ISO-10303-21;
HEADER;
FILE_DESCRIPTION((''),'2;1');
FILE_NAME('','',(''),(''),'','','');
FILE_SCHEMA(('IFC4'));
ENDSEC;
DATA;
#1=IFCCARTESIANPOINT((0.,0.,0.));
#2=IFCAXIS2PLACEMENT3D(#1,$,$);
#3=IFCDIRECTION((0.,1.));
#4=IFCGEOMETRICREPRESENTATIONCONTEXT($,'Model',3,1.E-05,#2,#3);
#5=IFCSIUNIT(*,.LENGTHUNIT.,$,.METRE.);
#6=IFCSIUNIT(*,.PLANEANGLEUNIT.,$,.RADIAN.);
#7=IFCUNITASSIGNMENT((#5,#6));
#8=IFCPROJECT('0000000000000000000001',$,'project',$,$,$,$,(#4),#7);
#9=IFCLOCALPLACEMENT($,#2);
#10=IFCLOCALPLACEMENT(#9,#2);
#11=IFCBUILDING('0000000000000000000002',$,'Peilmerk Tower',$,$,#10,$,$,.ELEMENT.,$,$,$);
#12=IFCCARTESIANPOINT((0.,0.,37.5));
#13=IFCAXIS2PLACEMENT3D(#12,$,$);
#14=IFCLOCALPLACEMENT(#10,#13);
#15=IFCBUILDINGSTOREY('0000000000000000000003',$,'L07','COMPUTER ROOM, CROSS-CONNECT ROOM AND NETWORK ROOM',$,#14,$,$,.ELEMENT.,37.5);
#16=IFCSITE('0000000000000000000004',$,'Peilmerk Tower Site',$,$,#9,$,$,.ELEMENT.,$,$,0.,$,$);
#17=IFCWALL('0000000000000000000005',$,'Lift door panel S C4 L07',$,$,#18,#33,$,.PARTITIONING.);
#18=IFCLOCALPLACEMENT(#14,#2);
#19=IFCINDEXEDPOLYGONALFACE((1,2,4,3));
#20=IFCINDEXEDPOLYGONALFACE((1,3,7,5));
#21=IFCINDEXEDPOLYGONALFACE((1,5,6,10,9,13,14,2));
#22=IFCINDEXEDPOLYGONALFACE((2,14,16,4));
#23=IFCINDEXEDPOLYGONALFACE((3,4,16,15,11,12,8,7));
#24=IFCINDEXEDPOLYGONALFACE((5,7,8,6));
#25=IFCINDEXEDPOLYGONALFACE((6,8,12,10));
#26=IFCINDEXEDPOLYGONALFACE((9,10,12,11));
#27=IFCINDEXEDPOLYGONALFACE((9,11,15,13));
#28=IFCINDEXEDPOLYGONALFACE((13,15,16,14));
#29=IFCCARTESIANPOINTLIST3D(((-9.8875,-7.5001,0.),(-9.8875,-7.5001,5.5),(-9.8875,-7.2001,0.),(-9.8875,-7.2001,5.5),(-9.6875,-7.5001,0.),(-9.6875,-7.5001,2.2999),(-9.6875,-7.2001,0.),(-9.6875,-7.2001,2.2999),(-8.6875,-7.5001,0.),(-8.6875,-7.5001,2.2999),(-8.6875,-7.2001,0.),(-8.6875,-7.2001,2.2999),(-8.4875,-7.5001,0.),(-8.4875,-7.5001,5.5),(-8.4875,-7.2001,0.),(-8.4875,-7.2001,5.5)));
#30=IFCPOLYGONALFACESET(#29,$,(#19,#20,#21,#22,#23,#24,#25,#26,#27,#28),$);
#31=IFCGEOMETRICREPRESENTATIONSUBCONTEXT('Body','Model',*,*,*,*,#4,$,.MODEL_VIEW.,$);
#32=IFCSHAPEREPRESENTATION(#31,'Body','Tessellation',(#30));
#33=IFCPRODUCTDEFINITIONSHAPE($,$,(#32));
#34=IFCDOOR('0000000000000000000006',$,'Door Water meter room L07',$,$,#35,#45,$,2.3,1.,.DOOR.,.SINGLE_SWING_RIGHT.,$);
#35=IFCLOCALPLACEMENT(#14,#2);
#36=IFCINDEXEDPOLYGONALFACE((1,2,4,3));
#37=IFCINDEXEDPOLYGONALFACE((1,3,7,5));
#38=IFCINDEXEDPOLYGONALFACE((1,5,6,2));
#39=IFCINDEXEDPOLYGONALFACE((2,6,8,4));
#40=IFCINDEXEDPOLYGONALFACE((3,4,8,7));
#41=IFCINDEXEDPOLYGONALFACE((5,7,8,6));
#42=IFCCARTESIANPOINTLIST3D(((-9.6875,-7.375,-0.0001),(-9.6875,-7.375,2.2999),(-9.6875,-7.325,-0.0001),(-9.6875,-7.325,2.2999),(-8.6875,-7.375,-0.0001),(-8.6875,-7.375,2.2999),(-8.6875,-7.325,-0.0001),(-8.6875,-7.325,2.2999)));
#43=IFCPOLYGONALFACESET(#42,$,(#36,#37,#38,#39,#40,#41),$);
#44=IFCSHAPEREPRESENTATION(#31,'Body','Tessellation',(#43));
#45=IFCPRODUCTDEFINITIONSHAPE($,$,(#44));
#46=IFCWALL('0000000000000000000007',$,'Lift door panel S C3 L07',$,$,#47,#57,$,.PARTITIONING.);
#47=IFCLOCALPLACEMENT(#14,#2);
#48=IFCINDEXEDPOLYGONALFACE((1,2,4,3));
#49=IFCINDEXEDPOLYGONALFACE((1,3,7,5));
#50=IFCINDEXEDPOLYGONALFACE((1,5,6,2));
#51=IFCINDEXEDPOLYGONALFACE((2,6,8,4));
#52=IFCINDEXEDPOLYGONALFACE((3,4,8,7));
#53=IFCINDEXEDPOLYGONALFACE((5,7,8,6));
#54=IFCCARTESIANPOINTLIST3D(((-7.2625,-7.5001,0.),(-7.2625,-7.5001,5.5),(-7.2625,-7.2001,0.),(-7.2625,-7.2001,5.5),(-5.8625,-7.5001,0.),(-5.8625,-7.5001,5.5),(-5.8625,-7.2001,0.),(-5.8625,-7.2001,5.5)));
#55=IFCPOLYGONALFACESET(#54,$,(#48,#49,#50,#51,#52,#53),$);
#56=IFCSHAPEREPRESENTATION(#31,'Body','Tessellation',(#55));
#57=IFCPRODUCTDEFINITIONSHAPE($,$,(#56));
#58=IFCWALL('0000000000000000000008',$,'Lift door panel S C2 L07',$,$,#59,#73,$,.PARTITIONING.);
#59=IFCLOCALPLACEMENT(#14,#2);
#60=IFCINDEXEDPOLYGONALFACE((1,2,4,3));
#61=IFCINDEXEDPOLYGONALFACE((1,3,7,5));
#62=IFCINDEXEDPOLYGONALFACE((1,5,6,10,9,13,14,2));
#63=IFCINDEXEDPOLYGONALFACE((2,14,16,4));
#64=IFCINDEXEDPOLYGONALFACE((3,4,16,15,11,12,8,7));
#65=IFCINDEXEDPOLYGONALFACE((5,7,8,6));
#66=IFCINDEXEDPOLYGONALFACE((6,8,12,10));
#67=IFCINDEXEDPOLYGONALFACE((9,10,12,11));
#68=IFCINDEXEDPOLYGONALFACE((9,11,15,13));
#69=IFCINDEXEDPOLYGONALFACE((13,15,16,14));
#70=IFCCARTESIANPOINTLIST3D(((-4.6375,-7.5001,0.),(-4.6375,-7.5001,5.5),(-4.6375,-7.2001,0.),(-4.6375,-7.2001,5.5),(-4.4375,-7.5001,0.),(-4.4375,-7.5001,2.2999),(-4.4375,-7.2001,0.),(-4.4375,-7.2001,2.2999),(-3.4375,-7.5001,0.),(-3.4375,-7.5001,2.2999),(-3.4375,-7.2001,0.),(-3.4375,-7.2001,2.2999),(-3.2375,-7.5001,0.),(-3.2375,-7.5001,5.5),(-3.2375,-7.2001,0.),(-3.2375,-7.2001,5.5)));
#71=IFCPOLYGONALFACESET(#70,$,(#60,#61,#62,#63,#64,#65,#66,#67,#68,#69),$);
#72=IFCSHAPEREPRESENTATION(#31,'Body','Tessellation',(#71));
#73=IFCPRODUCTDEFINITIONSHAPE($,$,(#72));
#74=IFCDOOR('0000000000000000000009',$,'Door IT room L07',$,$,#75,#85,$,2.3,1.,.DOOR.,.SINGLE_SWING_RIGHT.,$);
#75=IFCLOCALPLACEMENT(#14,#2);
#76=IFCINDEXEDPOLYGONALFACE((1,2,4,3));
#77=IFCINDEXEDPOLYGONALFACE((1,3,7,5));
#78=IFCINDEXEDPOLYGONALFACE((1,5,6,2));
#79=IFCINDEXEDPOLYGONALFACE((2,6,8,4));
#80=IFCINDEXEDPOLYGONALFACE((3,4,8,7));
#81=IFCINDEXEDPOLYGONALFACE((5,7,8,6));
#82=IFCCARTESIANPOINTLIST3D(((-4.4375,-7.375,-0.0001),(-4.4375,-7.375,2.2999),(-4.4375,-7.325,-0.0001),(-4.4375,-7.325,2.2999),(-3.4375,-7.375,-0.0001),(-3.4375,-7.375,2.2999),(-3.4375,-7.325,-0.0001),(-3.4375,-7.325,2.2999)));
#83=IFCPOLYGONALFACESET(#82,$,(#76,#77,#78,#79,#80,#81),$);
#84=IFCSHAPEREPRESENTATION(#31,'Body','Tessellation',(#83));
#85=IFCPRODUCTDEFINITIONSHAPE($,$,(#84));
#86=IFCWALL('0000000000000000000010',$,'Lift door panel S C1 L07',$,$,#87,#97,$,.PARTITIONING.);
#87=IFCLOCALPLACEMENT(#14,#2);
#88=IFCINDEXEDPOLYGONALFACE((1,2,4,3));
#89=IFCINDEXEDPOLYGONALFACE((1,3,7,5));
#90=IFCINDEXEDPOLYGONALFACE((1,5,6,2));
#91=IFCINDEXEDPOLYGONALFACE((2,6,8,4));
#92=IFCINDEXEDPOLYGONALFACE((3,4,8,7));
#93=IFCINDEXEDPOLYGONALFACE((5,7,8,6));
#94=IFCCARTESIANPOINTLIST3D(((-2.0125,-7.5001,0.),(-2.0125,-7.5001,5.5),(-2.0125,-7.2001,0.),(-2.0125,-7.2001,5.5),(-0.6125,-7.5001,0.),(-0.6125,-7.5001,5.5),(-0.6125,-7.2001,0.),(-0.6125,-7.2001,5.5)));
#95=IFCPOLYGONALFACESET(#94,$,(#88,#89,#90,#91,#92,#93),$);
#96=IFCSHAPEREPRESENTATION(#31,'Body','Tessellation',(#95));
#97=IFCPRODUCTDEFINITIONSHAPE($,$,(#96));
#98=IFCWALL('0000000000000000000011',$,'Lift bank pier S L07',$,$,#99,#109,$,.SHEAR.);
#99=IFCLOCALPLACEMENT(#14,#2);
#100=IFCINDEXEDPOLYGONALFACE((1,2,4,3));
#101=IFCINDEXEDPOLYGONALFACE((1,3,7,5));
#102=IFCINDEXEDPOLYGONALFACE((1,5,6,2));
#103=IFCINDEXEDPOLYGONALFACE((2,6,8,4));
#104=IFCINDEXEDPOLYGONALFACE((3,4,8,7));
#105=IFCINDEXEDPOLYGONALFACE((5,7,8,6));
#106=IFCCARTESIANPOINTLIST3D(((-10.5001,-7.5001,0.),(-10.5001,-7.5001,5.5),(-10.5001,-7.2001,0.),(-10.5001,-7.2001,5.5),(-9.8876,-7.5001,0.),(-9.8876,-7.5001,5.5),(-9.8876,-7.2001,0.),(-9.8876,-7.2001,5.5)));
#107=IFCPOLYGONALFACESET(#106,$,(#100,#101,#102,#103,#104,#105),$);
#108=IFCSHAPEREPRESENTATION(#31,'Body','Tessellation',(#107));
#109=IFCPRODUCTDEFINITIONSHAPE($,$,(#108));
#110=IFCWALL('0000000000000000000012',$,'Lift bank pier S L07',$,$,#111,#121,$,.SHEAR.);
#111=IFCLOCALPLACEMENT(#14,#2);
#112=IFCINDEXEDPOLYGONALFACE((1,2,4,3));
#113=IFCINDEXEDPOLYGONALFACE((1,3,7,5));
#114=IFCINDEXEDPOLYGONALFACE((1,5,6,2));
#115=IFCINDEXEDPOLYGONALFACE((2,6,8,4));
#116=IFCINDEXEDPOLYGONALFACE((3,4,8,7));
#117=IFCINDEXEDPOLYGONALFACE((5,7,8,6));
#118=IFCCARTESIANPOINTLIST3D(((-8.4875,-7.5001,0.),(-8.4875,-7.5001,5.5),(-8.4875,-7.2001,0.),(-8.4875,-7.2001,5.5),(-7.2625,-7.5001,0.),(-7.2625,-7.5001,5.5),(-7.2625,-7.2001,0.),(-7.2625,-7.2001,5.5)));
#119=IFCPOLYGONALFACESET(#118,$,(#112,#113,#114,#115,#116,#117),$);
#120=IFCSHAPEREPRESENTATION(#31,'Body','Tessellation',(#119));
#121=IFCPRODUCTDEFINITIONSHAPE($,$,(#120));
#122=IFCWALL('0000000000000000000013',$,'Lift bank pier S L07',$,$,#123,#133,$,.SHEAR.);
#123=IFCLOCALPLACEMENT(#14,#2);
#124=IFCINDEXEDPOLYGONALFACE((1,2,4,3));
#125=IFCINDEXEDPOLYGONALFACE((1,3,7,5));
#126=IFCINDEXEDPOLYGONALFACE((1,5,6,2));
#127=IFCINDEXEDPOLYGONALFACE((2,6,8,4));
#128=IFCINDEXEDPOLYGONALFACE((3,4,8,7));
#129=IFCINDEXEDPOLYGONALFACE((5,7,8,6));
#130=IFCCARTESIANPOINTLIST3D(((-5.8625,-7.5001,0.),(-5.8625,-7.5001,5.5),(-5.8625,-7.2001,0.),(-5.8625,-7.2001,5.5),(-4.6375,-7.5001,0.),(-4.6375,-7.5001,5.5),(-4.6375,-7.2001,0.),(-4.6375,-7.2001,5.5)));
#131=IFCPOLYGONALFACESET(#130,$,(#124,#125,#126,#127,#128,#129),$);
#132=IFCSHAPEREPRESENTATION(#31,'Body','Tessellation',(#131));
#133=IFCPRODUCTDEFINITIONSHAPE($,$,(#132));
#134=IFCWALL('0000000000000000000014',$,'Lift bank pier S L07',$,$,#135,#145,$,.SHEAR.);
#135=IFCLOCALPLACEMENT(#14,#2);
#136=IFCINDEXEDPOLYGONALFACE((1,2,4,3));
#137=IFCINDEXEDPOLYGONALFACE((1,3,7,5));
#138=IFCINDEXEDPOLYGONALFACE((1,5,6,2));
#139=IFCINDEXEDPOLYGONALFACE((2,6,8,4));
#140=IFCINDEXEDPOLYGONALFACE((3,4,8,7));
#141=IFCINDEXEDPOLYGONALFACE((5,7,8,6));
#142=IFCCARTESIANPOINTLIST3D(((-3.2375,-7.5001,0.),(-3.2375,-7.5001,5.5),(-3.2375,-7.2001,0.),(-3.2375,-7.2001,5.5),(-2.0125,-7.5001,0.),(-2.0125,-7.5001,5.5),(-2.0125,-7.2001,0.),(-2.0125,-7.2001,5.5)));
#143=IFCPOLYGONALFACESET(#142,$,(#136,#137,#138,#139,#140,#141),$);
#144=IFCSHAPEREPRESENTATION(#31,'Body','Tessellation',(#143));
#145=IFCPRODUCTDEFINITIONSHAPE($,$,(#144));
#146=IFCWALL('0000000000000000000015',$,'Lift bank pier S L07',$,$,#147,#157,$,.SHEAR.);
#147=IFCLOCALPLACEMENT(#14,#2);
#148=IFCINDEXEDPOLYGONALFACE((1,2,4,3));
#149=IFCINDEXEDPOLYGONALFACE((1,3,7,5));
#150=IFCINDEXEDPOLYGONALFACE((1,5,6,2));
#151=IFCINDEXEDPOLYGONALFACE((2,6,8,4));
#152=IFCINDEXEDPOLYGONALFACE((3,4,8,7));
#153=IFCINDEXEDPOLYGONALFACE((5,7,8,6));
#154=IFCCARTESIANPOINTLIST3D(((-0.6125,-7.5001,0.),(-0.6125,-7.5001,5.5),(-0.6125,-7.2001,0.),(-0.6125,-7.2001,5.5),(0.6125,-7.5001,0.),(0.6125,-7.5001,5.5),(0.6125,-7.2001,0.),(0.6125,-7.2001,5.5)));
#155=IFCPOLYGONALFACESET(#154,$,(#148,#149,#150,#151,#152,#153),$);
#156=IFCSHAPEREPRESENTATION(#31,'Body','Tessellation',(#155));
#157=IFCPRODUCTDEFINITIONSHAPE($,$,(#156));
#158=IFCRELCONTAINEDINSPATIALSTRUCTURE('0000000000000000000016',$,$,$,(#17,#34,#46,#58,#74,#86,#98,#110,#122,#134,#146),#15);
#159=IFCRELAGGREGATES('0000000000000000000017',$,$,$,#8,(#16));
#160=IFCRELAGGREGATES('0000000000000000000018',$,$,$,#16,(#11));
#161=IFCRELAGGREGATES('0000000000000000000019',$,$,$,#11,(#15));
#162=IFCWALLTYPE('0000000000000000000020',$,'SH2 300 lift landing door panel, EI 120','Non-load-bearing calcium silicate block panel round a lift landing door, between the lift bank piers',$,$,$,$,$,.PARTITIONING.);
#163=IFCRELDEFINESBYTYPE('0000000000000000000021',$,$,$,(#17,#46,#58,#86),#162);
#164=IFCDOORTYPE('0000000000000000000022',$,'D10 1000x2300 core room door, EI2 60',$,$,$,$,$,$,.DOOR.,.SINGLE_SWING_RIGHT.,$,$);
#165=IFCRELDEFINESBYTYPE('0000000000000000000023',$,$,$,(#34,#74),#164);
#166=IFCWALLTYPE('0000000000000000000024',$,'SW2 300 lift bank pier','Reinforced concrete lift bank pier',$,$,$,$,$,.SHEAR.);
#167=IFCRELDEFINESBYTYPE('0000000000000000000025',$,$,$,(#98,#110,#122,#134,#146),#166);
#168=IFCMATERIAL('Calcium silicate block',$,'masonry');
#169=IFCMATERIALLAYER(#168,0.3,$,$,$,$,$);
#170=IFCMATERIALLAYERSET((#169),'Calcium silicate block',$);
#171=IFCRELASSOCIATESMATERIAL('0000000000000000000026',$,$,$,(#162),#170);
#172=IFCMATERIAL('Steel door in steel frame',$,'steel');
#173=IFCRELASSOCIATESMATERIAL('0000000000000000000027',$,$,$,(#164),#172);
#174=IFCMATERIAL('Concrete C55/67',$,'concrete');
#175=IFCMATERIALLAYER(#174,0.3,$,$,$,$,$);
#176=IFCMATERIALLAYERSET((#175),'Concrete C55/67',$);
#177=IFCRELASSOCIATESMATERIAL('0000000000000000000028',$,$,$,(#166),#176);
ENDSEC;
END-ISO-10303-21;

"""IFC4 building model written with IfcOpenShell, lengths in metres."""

from ifc_helpers import new_model, si_unit, direction, frame, frame_2d, origin, place, context, subcontext, project, spatial, rectangle, extrude, material, layer, layer_set, type_object, element, fill, save


model = new_model("IFC4")

# Units and contexts
model_context = context("Model", 3, precision=1e-05, world=origin(), true_north=direction((0.0, 1.0)))
body_context = subcontext(model_context, "Body", "Model", "MODEL_VIEW")
ifc_project = project(units=[si_unit("LENGTHUNIT", "METRE"), si_unit("PLANEANGLEUNIT", "RADIAN")], contexts=[model_context])

# Site, building, storey
site_placement = place(None, origin())
site = spatial("IfcSite", under=ifc_project, at=site_placement, Name="Peilmerk Tower Site", CompositionType="ELEMENT", RefElevation=0.0)
building_placement = place(site_placement, origin())
building = spatial("IfcBuilding", under=site, at=building_placement, Name="Peilmerk Tower", CompositionType="ELEMENT")
storey_placement = place(building_placement, frame((0.0, 0.0, 37.5)))
storey = spatial("IfcBuildingStorey", under=building, at=storey_placement, Name="L07", Description="COMPUTER ROOM, CROSS-CONNECT ROOM AND NETWORK ROOM", CompositionType="ELEMENT", Elevation=37.5)

# Shared definitions
ifc_material_1 = material(Name="Calcium silicate block", Category="masonry")

# Wall, opening, door
ifc_layer_1 = layer(ifc_material_1, 0.3)
ifc_layer_set_1 = layer_set([ifc_layer_1], Name="Calcium silicate block")
wall_type_1 = type_object("IfcWallType", Name="SH2 300 lift landing door panel, EI 120", Description="Non-load-bearing calcium silicate block panel round a lift landing door, between the lift bank piers", PredefinedType="PARTITIONING", material=ifc_layer_set_1)
wall_1_placement = place(storey_placement, frame((-9.8875, -7.3501, 0.0), z_axis=(0.0, 0.0, 1.0), x_axis=(1.0, 0.0, 0.0)))
wall_1 = element("IfcWall", 1, at=wall_1_placement, inside=storey, type_object=wall_type_1, Name="Lift door panel S C4 L07", PredefinedType="PARTITIONING", context=body_context, shape_type="SweptSolid", body=[
    extrude(rectangle(XDim=1.3999, YDim=0.3, at=frame_2d((0.7, 0.0))), origin(), (0.0, 0.0, 1.0), 5.5),
])
opening_1_placement = place(wall_1_placement, frame((0.2, 0.0, 0.0)))
opening_1 = element("IfcOpeningElement", 2, at=opening_1_placement, cuts=wall_1, PredefinedType="OPENING", context=body_context, shape_type="SweptSolid", body=[
    extrude(rectangle(XDim=1.0, YDim=2.3, at=frame_2d((0.5, 1.1499))), frame((0.0, 0.1599, 0.0), z_axis=(0.0, -1.0, 0.0), x_axis=(1.0, 0.0, 0.0)), (0.0, 0.0, 1.0), 0.3201),
])
ifc_material_2 = material(Name="Steel door in steel frame", Category="steel")
door_type = type_object("IfcDoorType", Name="D10 1000x2300 core room door, EI2 60", OperationType="SINGLE_SWING_RIGHT", PredefinedType="DOOR", material=ifc_material_2)
door_1_placement = place(opening_1_placement, frame((1.0, 0.0, 0.0), z_axis=(0.0, 0.0, 1.0), x_axis=(-1.0, 0.0, 0.0)))
door_1 = element("IfcDoor", 3, at=door_1_placement, inside=storey, type_object=door_type, Name="Door Water meter room L07", OperationType="SINGLE_SWING_RIGHT", OverallHeight=2.3, OverallWidth=1.0, PredefinedType="DOOR", context=body_context, shape_type="SweptSolid", body=[
    extrude(rectangle(XDim=1.0, YDim=2.3, at=frame_2d((0.5, 1.1499))), frame((0.0, 0.0249, 0.0), z_axis=(0.0, -1.0, 0.0), x_axis=(1.0, 0.0, 0.0)), (0.0, 0.0, 1.0), 0.05),
])
fill(opening_1, door_1)

# Wall
wall_2_placement = place(storey_placement, frame((-7.2625, -7.3501, 0.0), z_axis=(0.0, 0.0, 1.0), x_axis=(1.0, 0.0, 0.0)))
element("IfcWall", 4, at=wall_2_placement, inside=storey, type_object=wall_type_1, Name="Lift door panel S C3 L07", PredefinedType="PARTITIONING", context=body_context, shape_type="SweptSolid", body=[
    extrude(rectangle(XDim=1.3999, YDim=0.3, at=frame_2d((0.7, 0.0))), origin(), (0.0, 0.0, 1.0), 5.5),
])

# Wall, opening, door
wall_3_placement = place(storey_placement, frame((-4.6375, -7.3501, 0.0), z_axis=(0.0, 0.0, 1.0), x_axis=(1.0, 0.0, 0.0)))
wall_3 = element("IfcWall", 5, at=wall_3_placement, inside=storey, type_object=wall_type_1, Name="Lift door panel S C2 L07", PredefinedType="PARTITIONING", context=body_context, shape_type="SweptSolid", body=[
    extrude(rectangle(XDim=1.3999, YDim=0.3, at=frame_2d((0.7, 0.0))), origin(), (0.0, 0.0, 1.0), 5.5),
])
opening_2_placement = place(wall_3_placement, frame((0.2, 0.0, 0.0)))
opening_2 = element("IfcOpeningElement", 6, at=opening_2_placement, cuts=wall_3, PredefinedType="OPENING", context=body_context, shape_type="SweptSolid", body=[
    extrude(rectangle(XDim=1.0, YDim=2.3, at=frame_2d((0.5, 1.1499))), frame((0.0, 0.1599, 0.0), z_axis=(0.0, -1.0, 0.0), x_axis=(1.0, 0.0, 0.0)), (0.0, 0.0, 1.0), 0.3201),
])
door_2_placement = place(opening_2_placement, frame((1.0, 0.0, 0.0), z_axis=(0.0, 0.0, 1.0), x_axis=(-1.0, 0.0, 0.0)))
door_2 = element("IfcDoor", 7, at=door_2_placement, inside=storey, type_object=door_type, Name="Door IT room L07", OperationType="SINGLE_SWING_RIGHT", OverallHeight=2.3, OverallWidth=1.0, PredefinedType="DOOR", context=body_context, shape_type="SweptSolid", body=[
    extrude(rectangle(XDim=1.0, YDim=2.3, at=frame_2d((0.5, 1.1499))), frame((0.0, 0.0249, 0.0), z_axis=(0.0, -1.0, 0.0), x_axis=(1.0, 0.0, 0.0)), (0.0, 0.0, 1.0), 0.05),
])
fill(opening_2, door_2)

# Walls
wall_4_placement = place(storey_placement, frame((-2.0125, -7.3501, 0.0), z_axis=(0.0, 0.0, 1.0), x_axis=(1.0, 0.0, 0.0)))
element("IfcWall", 8, at=wall_4_placement, inside=storey, type_object=wall_type_1, Name="Lift door panel S C1 L07", PredefinedType="PARTITIONING", context=body_context, shape_type="SweptSolid", body=[
    extrude(rectangle(XDim=1.3999, YDim=0.3, at=frame_2d((0.7, 0.0))), origin(), (0.0, 0.0, 1.0), 5.5),
])
ifc_material_3 = material(Name="Concrete C55/67", Category="concrete")
ifc_layer_2 = layer(ifc_material_3, 0.3)
ifc_layer_set_2 = layer_set([ifc_layer_2], Name="Concrete C55/67")
wall_type_2 = type_object("IfcWallType", Name="SW2 300 lift bank pier", Description="Reinforced concrete lift bank pier", PredefinedType="SHEAR", material=ifc_layer_set_2)
wall_5_placement = place(storey_placement, frame((-10.5, -7.3501, 0.0), z_axis=(0.0, 0.0, 1.0), x_axis=(1.0, 0.0, 0.0)))
element("IfcWall", 9, at=wall_5_placement, inside=storey, type_object=wall_type_2, Name="Lift bank pier S L07", PredefinedType="SHEAR", context=body_context, shape_type="SweptSolid", body=[
    extrude(rectangle(XDim=0.6125, YDim=0.3, at=frame_2d((0.3062, 0.0))), origin(), (0.0, 0.0, 1.0), 5.5),
])
for number, where, z_axis, x_axis, name in (
    (10, (-8.4875, -7.3501, 0.0), (0.0, 0.0, 1.0), (1.0, 0.0, 0.0), "Lift bank pier S L07"),
    (11, (-5.8625, -7.3501, 0.0), (0.0, 0.0, 1.0), (1.0, 0.0, 0.0), "Lift bank pier S L07"),
    (12, (-3.2375, -7.3501, 0.0), (0.0, 0.0, 1.0), (1.0, 0.0, 0.0), "Lift bank pier S L07"),
    (13, (-0.6125, -7.3501, 0.0), (0.0, 0.0, 1.0), (1.0, 0.0, 0.0), "Lift bank pier S L07"),
):
    element("IfcWall", number, at=place(storey_placement, frame(where, z_axis=z_axis, x_axis=x_axis)), inside=storey, type_object=wall_type_2, Name=name, PredefinedType="SHEAR", context=body_context, shape_type="SweptSolid", body=[
        extrude(rectangle(XDim=1.2251, YDim=0.3, at=frame_2d((0.6125, 0.0))), origin(), (0.0, 0.0, 1.0), 5.5),
    ])

save(model, "model.ifc")
